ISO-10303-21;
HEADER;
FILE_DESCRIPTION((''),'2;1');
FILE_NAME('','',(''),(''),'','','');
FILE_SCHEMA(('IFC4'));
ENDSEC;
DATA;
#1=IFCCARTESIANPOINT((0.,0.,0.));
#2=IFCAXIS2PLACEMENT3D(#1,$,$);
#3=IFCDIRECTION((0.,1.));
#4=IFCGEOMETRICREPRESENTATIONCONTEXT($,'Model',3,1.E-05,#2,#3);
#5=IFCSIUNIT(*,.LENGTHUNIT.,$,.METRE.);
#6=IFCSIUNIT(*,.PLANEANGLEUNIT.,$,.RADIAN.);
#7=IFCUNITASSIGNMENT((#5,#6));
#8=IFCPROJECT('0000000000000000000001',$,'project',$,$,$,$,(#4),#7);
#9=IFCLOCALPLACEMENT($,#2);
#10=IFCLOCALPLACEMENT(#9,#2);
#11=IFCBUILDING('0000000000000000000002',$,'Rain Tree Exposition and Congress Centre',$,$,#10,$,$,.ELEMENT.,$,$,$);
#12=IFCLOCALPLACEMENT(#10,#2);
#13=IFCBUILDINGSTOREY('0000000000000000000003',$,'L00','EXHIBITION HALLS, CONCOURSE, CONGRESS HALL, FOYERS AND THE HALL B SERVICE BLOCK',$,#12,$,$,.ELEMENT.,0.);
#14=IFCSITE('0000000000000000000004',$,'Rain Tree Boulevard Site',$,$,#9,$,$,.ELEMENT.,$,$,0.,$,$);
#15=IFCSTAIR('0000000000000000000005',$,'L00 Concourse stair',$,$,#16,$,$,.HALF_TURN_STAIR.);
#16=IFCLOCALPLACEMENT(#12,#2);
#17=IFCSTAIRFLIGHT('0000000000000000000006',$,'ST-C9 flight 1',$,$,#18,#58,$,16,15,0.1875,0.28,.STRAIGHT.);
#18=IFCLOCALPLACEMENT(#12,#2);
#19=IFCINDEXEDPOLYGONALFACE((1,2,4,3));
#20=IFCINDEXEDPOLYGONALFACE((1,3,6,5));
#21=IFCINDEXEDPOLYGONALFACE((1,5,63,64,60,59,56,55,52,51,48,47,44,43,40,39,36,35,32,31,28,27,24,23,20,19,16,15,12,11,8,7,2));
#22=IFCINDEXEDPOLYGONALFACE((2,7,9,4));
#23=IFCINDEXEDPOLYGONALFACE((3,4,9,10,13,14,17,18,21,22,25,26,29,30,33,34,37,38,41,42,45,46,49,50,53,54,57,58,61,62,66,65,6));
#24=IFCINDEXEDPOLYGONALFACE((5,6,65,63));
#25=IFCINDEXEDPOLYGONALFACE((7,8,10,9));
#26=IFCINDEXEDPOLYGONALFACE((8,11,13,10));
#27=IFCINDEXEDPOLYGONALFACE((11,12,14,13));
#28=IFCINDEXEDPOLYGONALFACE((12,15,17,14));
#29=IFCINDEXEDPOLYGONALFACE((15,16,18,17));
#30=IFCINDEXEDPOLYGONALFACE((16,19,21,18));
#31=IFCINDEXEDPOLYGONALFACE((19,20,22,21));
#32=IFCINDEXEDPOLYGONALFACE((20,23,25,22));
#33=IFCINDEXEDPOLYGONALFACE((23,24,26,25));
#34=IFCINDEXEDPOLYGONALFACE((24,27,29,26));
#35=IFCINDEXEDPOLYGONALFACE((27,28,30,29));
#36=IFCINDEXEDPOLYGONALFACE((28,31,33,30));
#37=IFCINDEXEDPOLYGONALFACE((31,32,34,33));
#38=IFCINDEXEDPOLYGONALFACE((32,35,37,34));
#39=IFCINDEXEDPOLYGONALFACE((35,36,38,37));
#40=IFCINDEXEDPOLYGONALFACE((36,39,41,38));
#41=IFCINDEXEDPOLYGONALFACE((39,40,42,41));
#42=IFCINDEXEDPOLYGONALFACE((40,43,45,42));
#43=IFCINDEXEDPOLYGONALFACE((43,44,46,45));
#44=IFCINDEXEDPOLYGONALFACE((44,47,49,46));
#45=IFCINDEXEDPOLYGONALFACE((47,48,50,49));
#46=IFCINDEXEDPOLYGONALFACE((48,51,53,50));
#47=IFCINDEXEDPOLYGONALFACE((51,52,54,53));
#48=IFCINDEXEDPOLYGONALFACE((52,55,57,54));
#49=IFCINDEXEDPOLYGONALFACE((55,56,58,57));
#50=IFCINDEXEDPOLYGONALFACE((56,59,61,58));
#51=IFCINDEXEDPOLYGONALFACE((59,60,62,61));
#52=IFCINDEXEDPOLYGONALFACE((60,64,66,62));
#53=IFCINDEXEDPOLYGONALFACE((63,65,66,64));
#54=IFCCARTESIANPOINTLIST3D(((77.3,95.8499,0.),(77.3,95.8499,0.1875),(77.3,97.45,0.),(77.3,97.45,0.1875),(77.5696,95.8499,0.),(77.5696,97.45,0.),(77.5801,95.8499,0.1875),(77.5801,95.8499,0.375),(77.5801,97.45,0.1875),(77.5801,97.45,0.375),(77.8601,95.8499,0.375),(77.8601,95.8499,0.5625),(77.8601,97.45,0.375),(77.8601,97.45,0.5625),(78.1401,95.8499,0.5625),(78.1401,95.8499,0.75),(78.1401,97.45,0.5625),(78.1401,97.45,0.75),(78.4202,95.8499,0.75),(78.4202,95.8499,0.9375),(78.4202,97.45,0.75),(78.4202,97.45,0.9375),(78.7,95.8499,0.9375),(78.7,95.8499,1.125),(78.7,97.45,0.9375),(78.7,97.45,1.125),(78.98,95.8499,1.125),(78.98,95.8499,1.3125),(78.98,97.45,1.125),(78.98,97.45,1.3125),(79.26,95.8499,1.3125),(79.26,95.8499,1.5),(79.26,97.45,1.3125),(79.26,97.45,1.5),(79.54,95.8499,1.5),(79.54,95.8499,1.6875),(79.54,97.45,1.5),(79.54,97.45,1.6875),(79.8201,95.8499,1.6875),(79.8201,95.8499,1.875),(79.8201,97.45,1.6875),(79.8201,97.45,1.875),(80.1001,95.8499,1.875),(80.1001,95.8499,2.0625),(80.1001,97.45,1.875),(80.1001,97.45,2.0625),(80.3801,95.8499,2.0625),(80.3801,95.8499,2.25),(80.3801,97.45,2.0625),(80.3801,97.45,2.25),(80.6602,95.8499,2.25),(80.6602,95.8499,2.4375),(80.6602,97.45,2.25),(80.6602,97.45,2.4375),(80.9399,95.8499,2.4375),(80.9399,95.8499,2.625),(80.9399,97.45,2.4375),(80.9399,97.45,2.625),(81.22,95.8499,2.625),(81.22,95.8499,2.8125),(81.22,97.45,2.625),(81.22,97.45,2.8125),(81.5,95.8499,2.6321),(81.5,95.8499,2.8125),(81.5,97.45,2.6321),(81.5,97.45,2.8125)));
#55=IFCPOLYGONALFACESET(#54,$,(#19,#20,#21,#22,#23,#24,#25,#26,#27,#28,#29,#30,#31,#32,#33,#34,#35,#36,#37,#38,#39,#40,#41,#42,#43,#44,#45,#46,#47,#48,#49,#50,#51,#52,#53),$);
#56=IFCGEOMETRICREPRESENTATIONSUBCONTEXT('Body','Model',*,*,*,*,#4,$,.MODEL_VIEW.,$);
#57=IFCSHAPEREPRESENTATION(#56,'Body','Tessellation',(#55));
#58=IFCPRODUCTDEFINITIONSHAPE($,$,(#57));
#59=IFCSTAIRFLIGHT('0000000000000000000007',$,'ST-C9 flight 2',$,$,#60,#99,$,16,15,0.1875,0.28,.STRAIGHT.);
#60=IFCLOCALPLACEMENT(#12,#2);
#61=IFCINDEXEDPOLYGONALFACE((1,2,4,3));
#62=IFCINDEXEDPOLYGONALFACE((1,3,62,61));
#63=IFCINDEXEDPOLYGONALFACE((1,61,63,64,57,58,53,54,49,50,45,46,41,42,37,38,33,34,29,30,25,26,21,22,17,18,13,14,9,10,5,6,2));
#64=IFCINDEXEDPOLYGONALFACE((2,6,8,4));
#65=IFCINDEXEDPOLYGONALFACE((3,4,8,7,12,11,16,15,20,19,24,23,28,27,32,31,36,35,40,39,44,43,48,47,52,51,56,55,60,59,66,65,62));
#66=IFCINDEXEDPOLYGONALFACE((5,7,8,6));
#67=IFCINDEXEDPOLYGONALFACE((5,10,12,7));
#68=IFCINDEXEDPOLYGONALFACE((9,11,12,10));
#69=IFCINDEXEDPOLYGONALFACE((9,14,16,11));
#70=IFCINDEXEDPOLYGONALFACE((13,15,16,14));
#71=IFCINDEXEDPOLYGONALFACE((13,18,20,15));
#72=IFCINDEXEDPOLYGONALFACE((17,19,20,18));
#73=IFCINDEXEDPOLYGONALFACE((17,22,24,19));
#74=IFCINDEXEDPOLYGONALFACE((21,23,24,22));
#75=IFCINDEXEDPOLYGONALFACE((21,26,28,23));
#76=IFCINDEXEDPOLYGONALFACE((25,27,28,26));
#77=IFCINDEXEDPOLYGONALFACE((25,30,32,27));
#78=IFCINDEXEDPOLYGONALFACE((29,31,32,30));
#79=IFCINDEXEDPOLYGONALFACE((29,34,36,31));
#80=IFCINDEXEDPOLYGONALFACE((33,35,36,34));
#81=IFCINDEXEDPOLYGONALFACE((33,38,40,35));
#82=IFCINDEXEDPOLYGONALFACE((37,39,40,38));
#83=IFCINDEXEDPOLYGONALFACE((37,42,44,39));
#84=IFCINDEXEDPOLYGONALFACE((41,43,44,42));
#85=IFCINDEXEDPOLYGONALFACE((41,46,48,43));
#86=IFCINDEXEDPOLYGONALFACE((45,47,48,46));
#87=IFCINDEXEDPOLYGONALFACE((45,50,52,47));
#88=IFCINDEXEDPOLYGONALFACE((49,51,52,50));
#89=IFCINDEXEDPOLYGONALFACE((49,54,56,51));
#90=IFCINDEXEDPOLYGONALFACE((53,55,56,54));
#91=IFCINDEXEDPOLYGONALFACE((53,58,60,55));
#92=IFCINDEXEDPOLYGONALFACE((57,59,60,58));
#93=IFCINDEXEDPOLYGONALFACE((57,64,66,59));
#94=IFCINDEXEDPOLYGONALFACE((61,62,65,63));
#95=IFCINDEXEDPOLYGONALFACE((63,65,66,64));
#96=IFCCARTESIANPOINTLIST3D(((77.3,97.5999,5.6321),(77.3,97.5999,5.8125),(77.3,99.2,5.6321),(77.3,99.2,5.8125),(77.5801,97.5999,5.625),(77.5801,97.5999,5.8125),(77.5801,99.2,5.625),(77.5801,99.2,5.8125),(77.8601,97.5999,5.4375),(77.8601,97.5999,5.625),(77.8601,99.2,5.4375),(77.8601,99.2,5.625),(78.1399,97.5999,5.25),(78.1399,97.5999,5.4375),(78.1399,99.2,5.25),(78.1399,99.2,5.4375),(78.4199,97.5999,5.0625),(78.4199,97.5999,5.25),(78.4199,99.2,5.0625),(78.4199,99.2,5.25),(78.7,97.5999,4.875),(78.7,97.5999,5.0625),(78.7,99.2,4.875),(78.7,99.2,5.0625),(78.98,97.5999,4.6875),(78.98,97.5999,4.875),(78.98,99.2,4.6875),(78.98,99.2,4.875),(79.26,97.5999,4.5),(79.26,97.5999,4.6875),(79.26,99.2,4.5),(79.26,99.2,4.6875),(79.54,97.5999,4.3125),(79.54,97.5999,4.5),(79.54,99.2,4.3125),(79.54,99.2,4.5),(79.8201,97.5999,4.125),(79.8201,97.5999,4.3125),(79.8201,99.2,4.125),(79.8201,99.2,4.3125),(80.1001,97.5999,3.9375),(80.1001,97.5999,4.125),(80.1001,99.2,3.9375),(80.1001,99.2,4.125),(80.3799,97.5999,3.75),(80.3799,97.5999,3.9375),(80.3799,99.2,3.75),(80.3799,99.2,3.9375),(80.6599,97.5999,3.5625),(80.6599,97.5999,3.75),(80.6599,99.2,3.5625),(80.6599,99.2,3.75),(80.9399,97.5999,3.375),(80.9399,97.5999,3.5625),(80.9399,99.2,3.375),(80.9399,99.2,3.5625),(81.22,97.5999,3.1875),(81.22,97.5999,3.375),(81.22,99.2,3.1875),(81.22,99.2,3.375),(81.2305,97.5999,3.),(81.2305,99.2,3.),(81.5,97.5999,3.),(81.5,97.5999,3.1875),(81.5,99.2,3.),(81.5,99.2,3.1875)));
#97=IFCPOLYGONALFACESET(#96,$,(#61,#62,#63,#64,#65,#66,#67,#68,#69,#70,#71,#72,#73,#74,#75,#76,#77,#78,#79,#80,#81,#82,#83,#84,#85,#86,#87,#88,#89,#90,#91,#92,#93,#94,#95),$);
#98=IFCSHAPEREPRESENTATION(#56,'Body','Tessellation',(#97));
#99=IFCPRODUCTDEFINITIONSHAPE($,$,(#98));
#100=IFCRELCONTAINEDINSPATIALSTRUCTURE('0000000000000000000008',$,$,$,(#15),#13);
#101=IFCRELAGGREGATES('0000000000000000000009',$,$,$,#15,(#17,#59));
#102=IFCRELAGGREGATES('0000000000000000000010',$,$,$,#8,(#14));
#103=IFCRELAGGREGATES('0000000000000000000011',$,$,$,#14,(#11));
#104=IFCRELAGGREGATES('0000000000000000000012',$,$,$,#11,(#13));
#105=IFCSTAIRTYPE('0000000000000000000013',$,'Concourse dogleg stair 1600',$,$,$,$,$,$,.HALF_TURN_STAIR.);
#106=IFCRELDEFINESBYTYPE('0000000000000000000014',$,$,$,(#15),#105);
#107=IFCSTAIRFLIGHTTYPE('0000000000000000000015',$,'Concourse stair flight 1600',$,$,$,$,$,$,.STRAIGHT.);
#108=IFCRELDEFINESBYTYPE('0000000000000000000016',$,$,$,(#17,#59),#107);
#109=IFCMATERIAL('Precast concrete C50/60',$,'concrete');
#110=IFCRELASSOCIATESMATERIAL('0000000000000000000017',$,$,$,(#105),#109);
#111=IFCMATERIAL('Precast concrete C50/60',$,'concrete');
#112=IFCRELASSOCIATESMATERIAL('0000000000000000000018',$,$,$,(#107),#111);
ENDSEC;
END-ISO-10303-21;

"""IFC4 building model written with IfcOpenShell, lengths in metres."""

from ifc_helpers import new_model, si_unit, direction, frame, origin, place, context, subcontext, project, spatial, polyline, outline, extrude, material, type_object, element, aggregate, save


model = new_model("IFC4")

# Units and contexts
model_context = context("Model", 3, precision=1e-05, world=origin(), true_north=direction((0.0, 1.0)))
body_context = subcontext(model_context, "Body", "Model", "MODEL_VIEW")
ifc_project = project(units=[si_unit("LENGTHUNIT", "METRE"), si_unit("PLANEANGLEUNIT", "RADIAN")], contexts=[model_context])

# Site, building, storey
site_placement = place(None, origin())
site = spatial("IfcSite", under=ifc_project, at=site_placement, Name="Rain Tree Boulevard Site", CompositionType="ELEMENT", RefElevation=0.0)
building_placement = place(site_placement, origin())
building = spatial("IfcBuilding", under=site, at=building_placement, Name="Rain Tree Exposition and Congress Centre", CompositionType="ELEMENT")
storey_placement = place(building_placement, origin())
storey = spatial("IfcBuildingStorey", under=building, at=storey_placement, Name="L00", Description="EXHIBITION HALLS, CONCOURSE, CONGRESS HALL, FOYERS AND THE HALL B SERVICE BLOCK", CompositionType="ELEMENT", Elevation=0.0)

# Stair, stair flights
ifc_material_1 = material(Name="Precast concrete C50/60", Category="concrete")
stair_type = type_object("IfcStairType", Name="Concourse dogleg stair 1600", PredefinedType="HALF_TURN_STAIR", material=ifc_material_1)
stair_placement = place(storey_placement, origin())
stair = element("IfcStair", 1, at=stair_placement, inside=storey, type_object=stair_type, Name="L00 Concourse stair", PredefinedType="HALF_TURN_STAIR")
ifc_material_2 = material(Name="Precast concrete C50/60", Category="concrete")
stair_flight_type = type_object("IfcStairFlightType", Name="Concourse stair flight 1600", PredefinedType="STRAIGHT", material=ifc_material_2)
stair_flight_1_placement = place(storey_placement, frame((77.3, 96.6499, 0.0), z_axis=(0.0, 0.0, 1.0), x_axis=(1.0, 0.0, 0.0)))
stair_flight_1 = element("IfcStairFlight", 2, at=stair_flight_1_placement, type_object=stair_flight_type, Name="ST-C9 flight 1", NumberOfRisers=16, NumberOfTreads=15, PredefinedType="STRAIGHT", RiserHeight=0.1875, TreadLength=0.28, context=body_context, shape_type="SweptSolid", body=[
    extrude(outline(polyline([(0.0, 0.0), (0.0, 0.1875), (0.28, 0.1875), (0.28, 0.375), (0.5601, 0.375), (0.5601, 0.5625), (0.8401, 0.5625), (0.8401, 0.75), (1.1201, 0.75), (1.1201, 0.9375), (1.3999, 0.9375), (1.3999, 1.125), (1.6799, 1.125), (1.6799, 1.3125), (1.96, 1.3125), (1.96, 1.5), (2.24, 1.5), (2.24, 1.6875), (2.52, 1.6875), (2.52, 1.875), (2.8, 1.875), (2.8, 2.0625), (3.0801, 2.0625), (3.0801, 2.25), (3.3601, 2.25), (3.3601, 2.4375), (3.6399, 2.4375), (3.6399, 2.625), (3.9199, 2.625), (3.9199, 2.8125), (4.2, 2.8125), (4.2, 3.0), (4.2, 2.6321), (0.2695, 0.0), (0.0, 0.0)])), frame((0.0, 0.8, 0.0), z_axis=(0.0, -1.0, 0.0), x_axis=(1.0, 0.0, 0.0)), (0.0, 0.0, 1.0), 1.6001),
])
stair_flight_2_placement = place(storey_placement, frame((81.5, 98.3999, 3.0), z_axis=(0.0, 0.0, 1.0), x_axis=(-1.0, 0.0, 0.0)))
stair_flight_2 = element("IfcStairFlight", 3, at=stair_flight_2_placement, type_object=stair_flight_type, Name="ST-C9 flight 2", NumberOfRisers=16, NumberOfTreads=15, PredefinedType="STRAIGHT", RiserHeight=0.1875, TreadLength=0.28, context=body_context, shape_type="SweptSolid", body=[
    extrude(outline(polyline([(0.0, 0.0), (0.0, 0.1875), (0.28, 0.1875), (0.28, 0.375), (0.5601, 0.375), (0.5601, 0.5625), (0.8401, 0.5625), (0.8401, 0.75), (1.1201, 0.75), (1.1201, 0.9375), (1.3999, 0.9375), (1.3999, 1.125), (1.6799, 1.125), (1.6799, 1.3125), (1.96, 1.3125), (1.96, 1.5), (2.24, 1.5), (2.24, 1.6875), (2.52, 1.6875), (2.52, 1.875), (2.8, 1.875), (2.8, 2.0625), (3.0801, 2.0625), (3.0801, 2.25), (3.3601, 2.25), (3.3601, 2.4375), (3.6399, 2.4375), (3.6399, 2.625), (3.9199, 2.625), (3.9199, 2.8125), (4.2, 2.8125), (4.2, 3.0), (4.2, 2.6321), (0.2695, 0.0), (0.0, 0.0)])), frame((0.0, 0.8, 0.0), z_axis=(0.0, -1.0, 0.0), x_axis=(1.0, 0.0, 0.0)), (0.0, 0.0, 1.0), 1.6001),
])
aggregate(stair, [stair_flight_1, stair_flight_2])

save(model, "model.ifc")
